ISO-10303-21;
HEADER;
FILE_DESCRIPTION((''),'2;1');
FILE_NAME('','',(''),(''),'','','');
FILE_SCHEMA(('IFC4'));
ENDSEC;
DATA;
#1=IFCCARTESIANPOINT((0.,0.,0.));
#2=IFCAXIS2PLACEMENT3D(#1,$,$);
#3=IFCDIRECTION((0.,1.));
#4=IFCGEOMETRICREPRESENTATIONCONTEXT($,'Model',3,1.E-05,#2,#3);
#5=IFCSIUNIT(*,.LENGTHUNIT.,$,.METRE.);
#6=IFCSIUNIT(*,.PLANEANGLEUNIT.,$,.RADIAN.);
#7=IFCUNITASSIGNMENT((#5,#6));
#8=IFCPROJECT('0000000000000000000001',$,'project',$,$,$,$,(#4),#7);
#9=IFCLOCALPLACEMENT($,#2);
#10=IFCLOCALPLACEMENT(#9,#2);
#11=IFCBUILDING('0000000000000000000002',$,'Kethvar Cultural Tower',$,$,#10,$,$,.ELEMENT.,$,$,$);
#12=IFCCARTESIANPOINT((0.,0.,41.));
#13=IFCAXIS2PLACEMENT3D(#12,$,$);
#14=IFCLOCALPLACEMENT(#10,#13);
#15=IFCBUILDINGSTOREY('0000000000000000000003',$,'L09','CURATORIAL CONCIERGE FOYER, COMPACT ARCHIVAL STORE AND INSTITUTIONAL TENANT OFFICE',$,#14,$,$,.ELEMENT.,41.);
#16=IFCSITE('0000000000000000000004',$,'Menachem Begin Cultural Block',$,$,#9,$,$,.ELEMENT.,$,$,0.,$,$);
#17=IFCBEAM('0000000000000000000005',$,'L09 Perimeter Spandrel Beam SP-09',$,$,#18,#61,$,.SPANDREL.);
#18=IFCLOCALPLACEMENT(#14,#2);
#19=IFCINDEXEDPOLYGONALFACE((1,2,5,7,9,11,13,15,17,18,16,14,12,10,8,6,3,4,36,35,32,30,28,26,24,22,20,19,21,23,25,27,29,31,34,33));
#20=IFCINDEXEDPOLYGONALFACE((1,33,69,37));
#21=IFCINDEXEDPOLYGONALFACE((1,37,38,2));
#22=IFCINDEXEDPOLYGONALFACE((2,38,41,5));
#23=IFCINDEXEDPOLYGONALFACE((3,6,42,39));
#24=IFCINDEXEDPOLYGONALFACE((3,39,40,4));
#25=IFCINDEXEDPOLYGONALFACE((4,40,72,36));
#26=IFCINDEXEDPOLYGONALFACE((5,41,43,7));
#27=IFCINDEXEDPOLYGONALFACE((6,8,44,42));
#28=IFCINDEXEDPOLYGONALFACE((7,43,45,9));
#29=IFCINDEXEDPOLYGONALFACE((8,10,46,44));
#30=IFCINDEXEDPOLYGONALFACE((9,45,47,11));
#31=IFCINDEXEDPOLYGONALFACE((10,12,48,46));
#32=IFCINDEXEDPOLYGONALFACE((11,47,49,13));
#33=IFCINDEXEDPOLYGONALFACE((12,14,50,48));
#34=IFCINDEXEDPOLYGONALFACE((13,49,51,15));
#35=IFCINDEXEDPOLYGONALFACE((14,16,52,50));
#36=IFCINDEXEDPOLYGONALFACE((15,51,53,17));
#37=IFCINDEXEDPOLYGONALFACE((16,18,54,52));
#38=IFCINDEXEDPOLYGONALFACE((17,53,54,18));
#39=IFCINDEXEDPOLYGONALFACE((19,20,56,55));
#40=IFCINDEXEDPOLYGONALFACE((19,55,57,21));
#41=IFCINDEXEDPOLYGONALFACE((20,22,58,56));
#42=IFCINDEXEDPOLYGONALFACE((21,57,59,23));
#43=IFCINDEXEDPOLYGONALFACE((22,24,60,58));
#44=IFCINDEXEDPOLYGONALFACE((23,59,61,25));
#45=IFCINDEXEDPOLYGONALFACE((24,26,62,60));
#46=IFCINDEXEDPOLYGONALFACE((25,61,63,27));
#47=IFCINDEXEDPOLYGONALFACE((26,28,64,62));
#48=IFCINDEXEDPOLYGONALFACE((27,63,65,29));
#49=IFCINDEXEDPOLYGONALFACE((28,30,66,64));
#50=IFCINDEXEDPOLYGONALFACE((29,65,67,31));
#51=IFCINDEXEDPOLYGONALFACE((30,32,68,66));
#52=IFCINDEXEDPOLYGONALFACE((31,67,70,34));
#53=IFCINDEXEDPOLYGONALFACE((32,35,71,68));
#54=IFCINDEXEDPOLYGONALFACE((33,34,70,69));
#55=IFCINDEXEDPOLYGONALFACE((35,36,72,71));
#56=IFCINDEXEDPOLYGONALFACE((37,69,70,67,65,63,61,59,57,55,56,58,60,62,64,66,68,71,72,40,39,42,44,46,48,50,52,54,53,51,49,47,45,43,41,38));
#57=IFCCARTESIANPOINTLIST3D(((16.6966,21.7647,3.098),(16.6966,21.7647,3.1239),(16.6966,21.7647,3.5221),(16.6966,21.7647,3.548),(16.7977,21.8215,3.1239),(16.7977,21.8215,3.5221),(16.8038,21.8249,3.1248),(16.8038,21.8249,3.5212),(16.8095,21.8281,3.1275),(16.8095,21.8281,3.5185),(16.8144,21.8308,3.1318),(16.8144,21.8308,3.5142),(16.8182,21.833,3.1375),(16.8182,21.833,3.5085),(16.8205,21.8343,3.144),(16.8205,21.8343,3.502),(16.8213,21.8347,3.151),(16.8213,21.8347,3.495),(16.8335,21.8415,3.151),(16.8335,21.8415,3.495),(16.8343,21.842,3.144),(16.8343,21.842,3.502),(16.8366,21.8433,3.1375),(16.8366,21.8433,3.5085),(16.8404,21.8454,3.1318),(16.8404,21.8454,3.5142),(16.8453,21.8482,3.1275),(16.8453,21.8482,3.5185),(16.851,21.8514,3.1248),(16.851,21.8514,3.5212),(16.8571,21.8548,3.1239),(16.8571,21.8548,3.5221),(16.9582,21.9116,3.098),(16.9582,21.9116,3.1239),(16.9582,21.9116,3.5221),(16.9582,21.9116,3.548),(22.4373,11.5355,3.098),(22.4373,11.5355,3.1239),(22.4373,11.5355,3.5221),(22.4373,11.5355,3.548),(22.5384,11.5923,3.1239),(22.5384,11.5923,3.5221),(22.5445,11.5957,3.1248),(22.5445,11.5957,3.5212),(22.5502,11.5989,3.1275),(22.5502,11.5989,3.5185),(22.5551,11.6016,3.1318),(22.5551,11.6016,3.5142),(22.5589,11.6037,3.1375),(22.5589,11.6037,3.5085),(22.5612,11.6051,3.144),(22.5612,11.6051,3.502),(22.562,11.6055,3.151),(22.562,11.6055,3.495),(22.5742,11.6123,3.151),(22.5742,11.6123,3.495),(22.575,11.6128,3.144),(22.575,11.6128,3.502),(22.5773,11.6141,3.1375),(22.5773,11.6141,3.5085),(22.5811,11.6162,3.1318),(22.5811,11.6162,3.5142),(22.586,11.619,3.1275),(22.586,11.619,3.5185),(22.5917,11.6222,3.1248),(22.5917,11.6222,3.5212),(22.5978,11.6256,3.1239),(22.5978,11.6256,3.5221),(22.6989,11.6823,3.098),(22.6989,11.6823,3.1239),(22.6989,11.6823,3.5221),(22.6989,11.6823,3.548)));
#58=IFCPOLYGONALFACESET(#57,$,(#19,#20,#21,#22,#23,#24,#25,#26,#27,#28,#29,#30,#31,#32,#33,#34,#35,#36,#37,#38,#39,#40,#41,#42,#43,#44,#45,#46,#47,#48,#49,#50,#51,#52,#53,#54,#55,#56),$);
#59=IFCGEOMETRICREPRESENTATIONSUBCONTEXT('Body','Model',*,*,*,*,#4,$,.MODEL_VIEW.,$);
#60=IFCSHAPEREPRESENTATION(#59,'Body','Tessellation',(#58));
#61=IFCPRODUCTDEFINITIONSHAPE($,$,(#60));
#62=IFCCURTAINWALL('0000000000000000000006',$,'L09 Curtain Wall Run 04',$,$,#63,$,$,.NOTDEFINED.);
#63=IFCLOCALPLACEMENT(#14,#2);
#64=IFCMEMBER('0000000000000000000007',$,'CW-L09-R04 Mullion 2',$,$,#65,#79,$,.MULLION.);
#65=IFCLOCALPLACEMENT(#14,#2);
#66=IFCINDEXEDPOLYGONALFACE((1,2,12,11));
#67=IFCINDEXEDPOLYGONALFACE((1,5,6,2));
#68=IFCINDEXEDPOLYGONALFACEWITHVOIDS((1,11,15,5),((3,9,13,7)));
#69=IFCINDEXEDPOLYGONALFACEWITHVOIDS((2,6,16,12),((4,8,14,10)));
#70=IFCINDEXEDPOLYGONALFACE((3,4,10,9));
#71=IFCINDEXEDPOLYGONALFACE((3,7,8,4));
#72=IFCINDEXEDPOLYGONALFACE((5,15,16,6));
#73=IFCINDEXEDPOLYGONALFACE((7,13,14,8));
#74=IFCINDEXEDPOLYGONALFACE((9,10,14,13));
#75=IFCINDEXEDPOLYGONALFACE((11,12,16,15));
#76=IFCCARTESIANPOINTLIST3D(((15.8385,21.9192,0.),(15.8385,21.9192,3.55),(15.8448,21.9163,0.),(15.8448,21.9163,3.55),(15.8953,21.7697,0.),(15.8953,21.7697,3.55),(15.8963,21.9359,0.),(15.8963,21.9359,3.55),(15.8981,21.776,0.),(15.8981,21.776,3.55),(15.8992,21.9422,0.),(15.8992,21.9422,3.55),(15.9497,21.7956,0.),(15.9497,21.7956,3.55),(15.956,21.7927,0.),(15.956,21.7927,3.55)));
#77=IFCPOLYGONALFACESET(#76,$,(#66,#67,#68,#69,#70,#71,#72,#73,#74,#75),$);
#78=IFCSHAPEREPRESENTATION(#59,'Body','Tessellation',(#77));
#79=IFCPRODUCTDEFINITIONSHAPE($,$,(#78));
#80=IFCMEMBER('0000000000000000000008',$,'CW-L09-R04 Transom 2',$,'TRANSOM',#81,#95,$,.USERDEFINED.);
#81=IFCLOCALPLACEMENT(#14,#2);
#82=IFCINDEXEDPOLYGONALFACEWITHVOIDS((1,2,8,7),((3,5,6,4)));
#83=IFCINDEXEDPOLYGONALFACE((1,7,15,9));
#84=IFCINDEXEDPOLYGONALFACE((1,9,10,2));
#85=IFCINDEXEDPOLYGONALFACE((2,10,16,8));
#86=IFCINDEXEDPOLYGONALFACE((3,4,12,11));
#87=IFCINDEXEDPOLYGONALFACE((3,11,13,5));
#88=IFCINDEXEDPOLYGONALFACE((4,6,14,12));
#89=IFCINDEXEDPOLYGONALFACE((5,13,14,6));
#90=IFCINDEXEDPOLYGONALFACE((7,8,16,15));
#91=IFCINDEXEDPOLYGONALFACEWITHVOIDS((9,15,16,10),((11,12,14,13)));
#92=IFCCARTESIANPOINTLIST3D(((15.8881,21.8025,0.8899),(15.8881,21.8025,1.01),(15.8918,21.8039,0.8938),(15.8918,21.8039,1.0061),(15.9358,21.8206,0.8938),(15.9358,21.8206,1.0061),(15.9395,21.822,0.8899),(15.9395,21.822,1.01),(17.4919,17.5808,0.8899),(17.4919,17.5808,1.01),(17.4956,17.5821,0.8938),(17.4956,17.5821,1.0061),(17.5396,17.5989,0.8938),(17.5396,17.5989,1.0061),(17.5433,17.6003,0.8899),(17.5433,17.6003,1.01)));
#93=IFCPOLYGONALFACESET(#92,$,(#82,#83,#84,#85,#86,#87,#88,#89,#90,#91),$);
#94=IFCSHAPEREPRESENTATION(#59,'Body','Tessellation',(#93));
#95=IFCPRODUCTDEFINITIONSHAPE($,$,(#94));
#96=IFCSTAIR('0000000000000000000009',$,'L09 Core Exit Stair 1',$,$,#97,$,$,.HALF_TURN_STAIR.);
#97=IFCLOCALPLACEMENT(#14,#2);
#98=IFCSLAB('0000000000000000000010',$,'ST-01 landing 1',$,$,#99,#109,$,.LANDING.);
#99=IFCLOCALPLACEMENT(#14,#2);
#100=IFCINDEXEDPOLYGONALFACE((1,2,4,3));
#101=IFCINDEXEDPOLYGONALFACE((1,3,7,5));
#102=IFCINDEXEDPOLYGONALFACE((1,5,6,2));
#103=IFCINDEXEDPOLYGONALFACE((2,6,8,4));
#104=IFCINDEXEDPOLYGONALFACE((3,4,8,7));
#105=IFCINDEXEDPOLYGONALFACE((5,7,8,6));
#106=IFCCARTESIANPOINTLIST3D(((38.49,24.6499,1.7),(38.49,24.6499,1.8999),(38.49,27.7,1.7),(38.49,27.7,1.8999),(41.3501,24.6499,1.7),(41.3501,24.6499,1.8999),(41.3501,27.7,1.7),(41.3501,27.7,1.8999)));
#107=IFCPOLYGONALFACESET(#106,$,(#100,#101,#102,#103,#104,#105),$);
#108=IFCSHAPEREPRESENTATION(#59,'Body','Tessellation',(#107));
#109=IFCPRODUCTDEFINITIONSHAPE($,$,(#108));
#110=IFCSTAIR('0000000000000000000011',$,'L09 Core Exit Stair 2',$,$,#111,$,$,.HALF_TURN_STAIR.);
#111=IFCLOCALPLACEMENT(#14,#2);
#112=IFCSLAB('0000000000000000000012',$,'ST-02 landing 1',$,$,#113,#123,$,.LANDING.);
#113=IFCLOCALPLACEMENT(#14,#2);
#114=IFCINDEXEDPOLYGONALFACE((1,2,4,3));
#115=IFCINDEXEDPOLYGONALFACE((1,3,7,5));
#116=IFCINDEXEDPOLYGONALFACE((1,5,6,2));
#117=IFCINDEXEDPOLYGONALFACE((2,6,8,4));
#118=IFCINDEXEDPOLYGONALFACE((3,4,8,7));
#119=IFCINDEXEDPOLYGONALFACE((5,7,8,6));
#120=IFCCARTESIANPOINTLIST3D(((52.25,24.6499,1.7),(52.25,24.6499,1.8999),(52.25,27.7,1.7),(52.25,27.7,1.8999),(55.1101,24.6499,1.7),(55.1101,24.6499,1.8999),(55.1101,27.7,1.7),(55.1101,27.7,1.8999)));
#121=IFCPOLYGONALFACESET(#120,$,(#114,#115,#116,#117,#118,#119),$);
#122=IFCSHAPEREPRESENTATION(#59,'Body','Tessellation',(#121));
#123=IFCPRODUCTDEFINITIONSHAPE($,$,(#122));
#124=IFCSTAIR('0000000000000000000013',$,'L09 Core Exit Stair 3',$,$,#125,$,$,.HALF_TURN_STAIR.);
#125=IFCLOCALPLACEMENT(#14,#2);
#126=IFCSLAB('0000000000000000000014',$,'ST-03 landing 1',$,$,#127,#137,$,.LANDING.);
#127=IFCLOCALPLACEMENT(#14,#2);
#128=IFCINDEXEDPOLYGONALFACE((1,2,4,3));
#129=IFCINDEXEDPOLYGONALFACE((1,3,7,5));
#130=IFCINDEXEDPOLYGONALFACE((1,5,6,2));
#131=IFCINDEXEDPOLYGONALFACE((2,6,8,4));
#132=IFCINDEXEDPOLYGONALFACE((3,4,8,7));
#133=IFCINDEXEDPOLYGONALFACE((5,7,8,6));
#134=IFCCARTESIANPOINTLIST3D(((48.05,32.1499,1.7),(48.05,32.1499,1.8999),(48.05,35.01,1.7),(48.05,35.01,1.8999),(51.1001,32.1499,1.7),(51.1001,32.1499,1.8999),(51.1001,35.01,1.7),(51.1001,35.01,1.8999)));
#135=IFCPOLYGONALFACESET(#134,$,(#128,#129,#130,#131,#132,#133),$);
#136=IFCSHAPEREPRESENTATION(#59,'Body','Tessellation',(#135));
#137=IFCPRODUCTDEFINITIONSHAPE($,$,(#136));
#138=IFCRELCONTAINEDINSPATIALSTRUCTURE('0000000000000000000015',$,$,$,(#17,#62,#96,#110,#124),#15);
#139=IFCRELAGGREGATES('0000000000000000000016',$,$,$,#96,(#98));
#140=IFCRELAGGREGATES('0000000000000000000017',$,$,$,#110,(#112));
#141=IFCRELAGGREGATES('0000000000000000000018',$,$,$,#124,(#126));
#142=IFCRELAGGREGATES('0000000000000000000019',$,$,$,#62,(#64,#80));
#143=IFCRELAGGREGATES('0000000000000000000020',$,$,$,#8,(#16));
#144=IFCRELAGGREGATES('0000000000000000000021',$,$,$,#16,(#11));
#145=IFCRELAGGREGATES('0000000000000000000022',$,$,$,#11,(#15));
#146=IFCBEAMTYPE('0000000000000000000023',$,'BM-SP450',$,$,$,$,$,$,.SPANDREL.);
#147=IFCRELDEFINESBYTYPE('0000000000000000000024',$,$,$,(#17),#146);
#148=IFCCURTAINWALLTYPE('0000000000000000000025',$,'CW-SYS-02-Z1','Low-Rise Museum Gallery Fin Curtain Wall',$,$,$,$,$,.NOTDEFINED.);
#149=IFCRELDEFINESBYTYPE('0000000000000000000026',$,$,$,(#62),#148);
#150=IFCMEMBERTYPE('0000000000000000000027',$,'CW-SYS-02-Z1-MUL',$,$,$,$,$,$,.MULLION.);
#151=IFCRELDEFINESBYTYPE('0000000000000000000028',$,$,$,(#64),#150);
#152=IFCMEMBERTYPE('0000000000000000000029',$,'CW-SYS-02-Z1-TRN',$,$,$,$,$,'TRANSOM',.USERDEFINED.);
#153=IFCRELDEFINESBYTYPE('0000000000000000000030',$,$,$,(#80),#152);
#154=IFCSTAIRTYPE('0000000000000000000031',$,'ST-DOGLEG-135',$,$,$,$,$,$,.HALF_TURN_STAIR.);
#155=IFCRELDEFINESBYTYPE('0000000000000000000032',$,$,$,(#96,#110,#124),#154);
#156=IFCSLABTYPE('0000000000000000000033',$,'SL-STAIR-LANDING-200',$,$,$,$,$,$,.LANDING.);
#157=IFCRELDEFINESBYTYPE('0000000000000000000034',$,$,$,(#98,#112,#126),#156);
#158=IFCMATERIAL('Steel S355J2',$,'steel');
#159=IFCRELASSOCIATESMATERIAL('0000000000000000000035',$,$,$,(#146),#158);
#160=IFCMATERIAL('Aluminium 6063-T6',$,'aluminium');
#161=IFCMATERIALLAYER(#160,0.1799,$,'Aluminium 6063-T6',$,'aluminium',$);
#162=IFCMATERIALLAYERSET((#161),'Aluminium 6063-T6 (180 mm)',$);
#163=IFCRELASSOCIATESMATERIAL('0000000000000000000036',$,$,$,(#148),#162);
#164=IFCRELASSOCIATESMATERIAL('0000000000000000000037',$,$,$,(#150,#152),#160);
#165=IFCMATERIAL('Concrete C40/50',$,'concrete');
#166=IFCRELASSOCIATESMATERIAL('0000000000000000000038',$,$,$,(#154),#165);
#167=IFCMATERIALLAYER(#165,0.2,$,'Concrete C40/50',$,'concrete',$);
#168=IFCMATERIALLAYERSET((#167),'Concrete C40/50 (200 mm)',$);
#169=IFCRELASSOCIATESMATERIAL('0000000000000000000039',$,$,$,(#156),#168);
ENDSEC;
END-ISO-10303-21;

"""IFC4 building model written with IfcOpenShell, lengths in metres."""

from ifc_helpers import new_model, si_unit, direction, frame, origin, origin_2d, place, context, subcontext, project, spatial, polyline, hollow_rectangle, i_section, outline, extrude, source, transform, mapped, material, layer, layer_set, material_profile, profile_set, type_object, element, aggregate, save


model = new_model("IFC4")

# Units and contexts
model_context = context("Model", 3, precision=1e-05, world=origin(), true_north=direction((0.0, 1.0)))
body_context = subcontext(model_context, "Body", "Model", "MODEL_VIEW")
ifc_project = project(units=[si_unit("LENGTHUNIT", "METRE"), si_unit("PLANEANGLEUNIT", "RADIAN")], contexts=[model_context])

# Site, building, storey
site_placement = place(None, origin())
site = spatial("IfcSite", under=ifc_project, at=site_placement, Name="Menachem Begin Cultural Block", CompositionType="ELEMENT", RefElevation=0.0)
building_placement = place(site_placement, origin())
building = spatial("IfcBuilding", under=site, at=building_placement, Name="Kethvar Cultural Tower", CompositionType="ELEMENT")
storey_placement = place(building_placement, frame((0.0, 0.0, 41.0)))
storey = spatial("IfcBuildingStorey", under=building, at=storey_placement, Name="L09", Description="CURATORIAL CONCIERGE FOYER, COMPACT ARCHIVAL STORE AND INSTITUTIONAL TENANT OFFICE", CompositionType="ELEMENT", Elevation=41.0)

# Beam
ifc_material_1 = material(Name="Steel S355J2", Category="steel")
ifc_material_profile_1 = material_profile(ifc_material_1, i_section(OverallWidth=0.3, OverallDepth=0.45, WebThickness=0.0139, FlangeThickness=0.0259, FilletRadius=0.0271, at=origin_2d()), Name="Steel S355J2 — HEB450")
ifc_profile_set_1 = profile_set([ifc_material_profile_1], Name="Steel S355J2 — HEB450")
beam_type = type_object("IfcBeamType", Name="BM-SP450", PredefinedType="SPANDREL", material=ifc_profile_set_1)
shared_shape_1 = source(origin(), body_context, "Body", "SweptSolid", [
    extrude(i_section(OverallWidth=0.3, OverallDepth=0.45, WebThickness=0.0139, FlangeThickness=0.0259, FilletRadius=0.0271, at=origin_2d()), origin(), (0.0, 0.0, 1.0), 11.73),
])
beam_placement = place(storey_placement, frame((16.8274, 21.8381, 3.323), z_axis=(0.489404, -0.872057, 0.0), x_axis=(0.872057, 0.489404, 0.0)))
element("IfcBeam", 1, at=beam_placement, inside=storey, type_object=beam_type, Name="L09 Perimeter Spandrel Beam SP-09", PredefinedType="SPANDREL", context=body_context, shape_type="MappedRepresentation", body=[
    mapped(shared_shape_1, transform((0.0, 0.0, 0.0), scale=1.0)),
])

# Curtain wall, members
ifc_material_2 = material(Name="Aluminium 6063-T6", Category="aluminium")
ifc_layer_1 = layer(ifc_material_2, 0.1799, Name="Aluminium 6063-T6", Category="aluminium")
ifc_layer_set_1 = layer_set([ifc_layer_1], Name="Aluminium 6063-T6 (180 mm)")
curtain_wall_type = type_object("IfcCurtainWallType", Name="CW-SYS-02-Z1", Description="Low-Rise Museum Gallery Fin Curtain Wall", PredefinedType="NOTDEFINED", material=ifc_layer_set_1)
curtain_wall_placement = place(storey_placement, origin())
curtain_wall = element("IfcCurtainWall", 2, at=curtain_wall_placement, inside=storey, type_object=curtain_wall_type, Name="L09 Curtain Wall Run 04", PredefinedType="NOTDEFINED")
ifc_material_profile_2 = material_profile(ifc_material_2, hollow_rectangle(XDim=0.0649, YDim=0.1599, WallThickness=0.0049, at=origin_2d()), Name="Aluminium 6063-T6 — RHS160x65x5")
ifc_profile_set_2 = profile_set([ifc_material_profile_2], Name="Aluminium 6063-T6 — RHS160x65x5")
member_type_1 = type_object("IfcMemberType", Name="CW-SYS-02-Z1-MUL", PredefinedType="MULLION", material=ifc_profile_set_2)
shared_shape_2 = source(origin(), body_context, "Body", "SweptSolid", [
    extrude(hollow_rectangle(XDim=0.0649, YDim=0.1599, WallThickness=0.0049, at=origin_2d()), origin(), (0.0, 0.0, 1.0), 3.55),
])
member_1_placement = place(storey_placement, frame((15.8972, 21.856, 0.0), z_axis=(0.0, 0.0, 1.0), x_axis=(0.934819, 0.355123, 0.0)))
member_1 = element("IfcMember", 3, at=member_1_placement, type_object=member_type_1, Name="CW-L09-R04 Mullion 2", PredefinedType="MULLION", context=body_context, shape_type="MappedRepresentation", body=[
    mapped(shared_shape_2, transform((0.0, 0.0, 0.0), scale=1.0)),
])
ifc_material_profile_3 = material_profile(ifc_material_2, hollow_rectangle(XDim=0.0549, YDim=0.1201, WallThickness=0.0039, at=origin_2d()), Name="Aluminium 6063-T6 — RHS120x55x4")
ifc_profile_set_3 = profile_set([ifc_material_profile_3], Name="Aluminium 6063-T6 — RHS120x55x4")
member_type_2 = type_object("IfcMemberType", Name="CW-SYS-02-Z1-TRN", ElementType="TRANSOM", PredefinedType="USERDEFINED", material=ifc_profile_set_3)
shared_shape_3 = source(origin(), body_context, "Body", "SweptSolid", [
    extrude(hollow_rectangle(XDim=0.0549, YDim=0.1201, WallThickness=0.0039, at=origin_2d()), origin(), (0.0, 0.0, 1.0), 4.5161),
])
member_2_placement = place(storey_placement, frame((15.9138, 21.8123, 0.95), z_axis=(0.355125, -0.934819, 0.0), x_axis=(0.934819, 0.355125, 0.0)))
member_2 = element("IfcMember", 4, at=member_2_placement, type_object=member_type_2, Name="CW-L09-R04 Transom 2", ObjectType="TRANSOM", PredefinedType="USERDEFINED", context=body_context, shape_type="MappedRepresentation", body=[
    mapped(shared_shape_3, transform((0.0, 0.0, 0.0), scale=1.0)),
])

# Stairs, slabs
ifc_material_3 = material(Name="Concrete C40/50", Category="concrete")
stair_type = type_object("IfcStairType", Name="ST-DOGLEG-135", PredefinedType="HALF_TURN_STAIR", material=ifc_material_3)
stair_1_placement = place(storey_placement, origin())
stair_1 = element("IfcStair", 5, at=stair_1_placement, inside=storey, type_object=stair_type, Name="L09 Core Exit Stair 1", PredefinedType="HALF_TURN_STAIR")
ifc_layer_2 = layer(ifc_material_3, 0.2, Name="Concrete C40/50", Category="concrete")
ifc_layer_set_2 = layer_set([ifc_layer_2], Name="Concrete C40/50 (200 mm)")
slab_type_1 = type_object("IfcSlabType", Name="SL-STAIR-LANDING-200", PredefinedType="LANDING", material=ifc_layer_set_2)
slab_1_placement = place(storey_placement, frame((0.0, 0.0, 1.7)))
slab_1 = element("IfcSlab", 6, at=slab_1_placement, type_object=slab_type_1, Name="ST-01 landing 1", PredefinedType="LANDING", context=body_context, shape_type="SweptSolid", body=[
    extrude(outline(polyline([(41.3501, 24.6499), (41.3501, 27.7), (38.49, 27.7), (38.49, 24.6499), (41.3501, 24.6499)])), origin(), (0.0, 0.0, 1.0), 0.2),
])
aggregate(stair_1, [slab_1])
stair_2_placement = place(storey_placement, origin())
stair_2 = element("IfcStair", 7, at=stair_2_placement, inside=storey, type_object=stair_type, Name="L09 Core Exit Stair 2", PredefinedType="HALF_TURN_STAIR")
slab_2_placement = place(storey_placement, frame((0.0, 0.0, 1.7)))
slab_2 = element("IfcSlab", 8, at=slab_2_placement, type_object=slab_type_1, Name="ST-02 landing 1", PredefinedType="LANDING", context=body_context, shape_type="SweptSolid", body=[
    extrude(outline(polyline([(55.1101, 24.6499), (55.1101, 27.7), (52.25, 27.7), (52.25, 24.6499), (55.1101, 24.6499)])), origin(), (0.0, 0.0, 1.0), 0.2),
])
aggregate(stair_2, [slab_2])
stair_3_placement = place(storey_placement, origin())
stair_3 = element("IfcStair", 9, at=stair_3_placement, inside=storey, type_object=stair_type, Name="L09 Core Exit Stair 3", PredefinedType="HALF_TURN_STAIR")
slab_3_placement = place(storey_placement, frame((0.0, 0.0, 1.7)))
slab_3 = element("IfcSlab", 10, at=slab_3_placement, type_object=slab_type_1, Name="ST-03 landing 1", PredefinedType="LANDING", context=body_context, shape_type="SweptSolid", body=[
    extrude(outline(polyline([(51.1001, 35.01), (48.05, 35.01), (48.05, 32.1499), (51.1001, 32.1499), (51.1001, 35.01)])), origin(), (0.0, 0.0, 1.0), 0.2),
])
aggregate(stair_3, [slab_3])

aggregate(curtain_wall, [member_1, member_2])

save(model, "model.ifc")
